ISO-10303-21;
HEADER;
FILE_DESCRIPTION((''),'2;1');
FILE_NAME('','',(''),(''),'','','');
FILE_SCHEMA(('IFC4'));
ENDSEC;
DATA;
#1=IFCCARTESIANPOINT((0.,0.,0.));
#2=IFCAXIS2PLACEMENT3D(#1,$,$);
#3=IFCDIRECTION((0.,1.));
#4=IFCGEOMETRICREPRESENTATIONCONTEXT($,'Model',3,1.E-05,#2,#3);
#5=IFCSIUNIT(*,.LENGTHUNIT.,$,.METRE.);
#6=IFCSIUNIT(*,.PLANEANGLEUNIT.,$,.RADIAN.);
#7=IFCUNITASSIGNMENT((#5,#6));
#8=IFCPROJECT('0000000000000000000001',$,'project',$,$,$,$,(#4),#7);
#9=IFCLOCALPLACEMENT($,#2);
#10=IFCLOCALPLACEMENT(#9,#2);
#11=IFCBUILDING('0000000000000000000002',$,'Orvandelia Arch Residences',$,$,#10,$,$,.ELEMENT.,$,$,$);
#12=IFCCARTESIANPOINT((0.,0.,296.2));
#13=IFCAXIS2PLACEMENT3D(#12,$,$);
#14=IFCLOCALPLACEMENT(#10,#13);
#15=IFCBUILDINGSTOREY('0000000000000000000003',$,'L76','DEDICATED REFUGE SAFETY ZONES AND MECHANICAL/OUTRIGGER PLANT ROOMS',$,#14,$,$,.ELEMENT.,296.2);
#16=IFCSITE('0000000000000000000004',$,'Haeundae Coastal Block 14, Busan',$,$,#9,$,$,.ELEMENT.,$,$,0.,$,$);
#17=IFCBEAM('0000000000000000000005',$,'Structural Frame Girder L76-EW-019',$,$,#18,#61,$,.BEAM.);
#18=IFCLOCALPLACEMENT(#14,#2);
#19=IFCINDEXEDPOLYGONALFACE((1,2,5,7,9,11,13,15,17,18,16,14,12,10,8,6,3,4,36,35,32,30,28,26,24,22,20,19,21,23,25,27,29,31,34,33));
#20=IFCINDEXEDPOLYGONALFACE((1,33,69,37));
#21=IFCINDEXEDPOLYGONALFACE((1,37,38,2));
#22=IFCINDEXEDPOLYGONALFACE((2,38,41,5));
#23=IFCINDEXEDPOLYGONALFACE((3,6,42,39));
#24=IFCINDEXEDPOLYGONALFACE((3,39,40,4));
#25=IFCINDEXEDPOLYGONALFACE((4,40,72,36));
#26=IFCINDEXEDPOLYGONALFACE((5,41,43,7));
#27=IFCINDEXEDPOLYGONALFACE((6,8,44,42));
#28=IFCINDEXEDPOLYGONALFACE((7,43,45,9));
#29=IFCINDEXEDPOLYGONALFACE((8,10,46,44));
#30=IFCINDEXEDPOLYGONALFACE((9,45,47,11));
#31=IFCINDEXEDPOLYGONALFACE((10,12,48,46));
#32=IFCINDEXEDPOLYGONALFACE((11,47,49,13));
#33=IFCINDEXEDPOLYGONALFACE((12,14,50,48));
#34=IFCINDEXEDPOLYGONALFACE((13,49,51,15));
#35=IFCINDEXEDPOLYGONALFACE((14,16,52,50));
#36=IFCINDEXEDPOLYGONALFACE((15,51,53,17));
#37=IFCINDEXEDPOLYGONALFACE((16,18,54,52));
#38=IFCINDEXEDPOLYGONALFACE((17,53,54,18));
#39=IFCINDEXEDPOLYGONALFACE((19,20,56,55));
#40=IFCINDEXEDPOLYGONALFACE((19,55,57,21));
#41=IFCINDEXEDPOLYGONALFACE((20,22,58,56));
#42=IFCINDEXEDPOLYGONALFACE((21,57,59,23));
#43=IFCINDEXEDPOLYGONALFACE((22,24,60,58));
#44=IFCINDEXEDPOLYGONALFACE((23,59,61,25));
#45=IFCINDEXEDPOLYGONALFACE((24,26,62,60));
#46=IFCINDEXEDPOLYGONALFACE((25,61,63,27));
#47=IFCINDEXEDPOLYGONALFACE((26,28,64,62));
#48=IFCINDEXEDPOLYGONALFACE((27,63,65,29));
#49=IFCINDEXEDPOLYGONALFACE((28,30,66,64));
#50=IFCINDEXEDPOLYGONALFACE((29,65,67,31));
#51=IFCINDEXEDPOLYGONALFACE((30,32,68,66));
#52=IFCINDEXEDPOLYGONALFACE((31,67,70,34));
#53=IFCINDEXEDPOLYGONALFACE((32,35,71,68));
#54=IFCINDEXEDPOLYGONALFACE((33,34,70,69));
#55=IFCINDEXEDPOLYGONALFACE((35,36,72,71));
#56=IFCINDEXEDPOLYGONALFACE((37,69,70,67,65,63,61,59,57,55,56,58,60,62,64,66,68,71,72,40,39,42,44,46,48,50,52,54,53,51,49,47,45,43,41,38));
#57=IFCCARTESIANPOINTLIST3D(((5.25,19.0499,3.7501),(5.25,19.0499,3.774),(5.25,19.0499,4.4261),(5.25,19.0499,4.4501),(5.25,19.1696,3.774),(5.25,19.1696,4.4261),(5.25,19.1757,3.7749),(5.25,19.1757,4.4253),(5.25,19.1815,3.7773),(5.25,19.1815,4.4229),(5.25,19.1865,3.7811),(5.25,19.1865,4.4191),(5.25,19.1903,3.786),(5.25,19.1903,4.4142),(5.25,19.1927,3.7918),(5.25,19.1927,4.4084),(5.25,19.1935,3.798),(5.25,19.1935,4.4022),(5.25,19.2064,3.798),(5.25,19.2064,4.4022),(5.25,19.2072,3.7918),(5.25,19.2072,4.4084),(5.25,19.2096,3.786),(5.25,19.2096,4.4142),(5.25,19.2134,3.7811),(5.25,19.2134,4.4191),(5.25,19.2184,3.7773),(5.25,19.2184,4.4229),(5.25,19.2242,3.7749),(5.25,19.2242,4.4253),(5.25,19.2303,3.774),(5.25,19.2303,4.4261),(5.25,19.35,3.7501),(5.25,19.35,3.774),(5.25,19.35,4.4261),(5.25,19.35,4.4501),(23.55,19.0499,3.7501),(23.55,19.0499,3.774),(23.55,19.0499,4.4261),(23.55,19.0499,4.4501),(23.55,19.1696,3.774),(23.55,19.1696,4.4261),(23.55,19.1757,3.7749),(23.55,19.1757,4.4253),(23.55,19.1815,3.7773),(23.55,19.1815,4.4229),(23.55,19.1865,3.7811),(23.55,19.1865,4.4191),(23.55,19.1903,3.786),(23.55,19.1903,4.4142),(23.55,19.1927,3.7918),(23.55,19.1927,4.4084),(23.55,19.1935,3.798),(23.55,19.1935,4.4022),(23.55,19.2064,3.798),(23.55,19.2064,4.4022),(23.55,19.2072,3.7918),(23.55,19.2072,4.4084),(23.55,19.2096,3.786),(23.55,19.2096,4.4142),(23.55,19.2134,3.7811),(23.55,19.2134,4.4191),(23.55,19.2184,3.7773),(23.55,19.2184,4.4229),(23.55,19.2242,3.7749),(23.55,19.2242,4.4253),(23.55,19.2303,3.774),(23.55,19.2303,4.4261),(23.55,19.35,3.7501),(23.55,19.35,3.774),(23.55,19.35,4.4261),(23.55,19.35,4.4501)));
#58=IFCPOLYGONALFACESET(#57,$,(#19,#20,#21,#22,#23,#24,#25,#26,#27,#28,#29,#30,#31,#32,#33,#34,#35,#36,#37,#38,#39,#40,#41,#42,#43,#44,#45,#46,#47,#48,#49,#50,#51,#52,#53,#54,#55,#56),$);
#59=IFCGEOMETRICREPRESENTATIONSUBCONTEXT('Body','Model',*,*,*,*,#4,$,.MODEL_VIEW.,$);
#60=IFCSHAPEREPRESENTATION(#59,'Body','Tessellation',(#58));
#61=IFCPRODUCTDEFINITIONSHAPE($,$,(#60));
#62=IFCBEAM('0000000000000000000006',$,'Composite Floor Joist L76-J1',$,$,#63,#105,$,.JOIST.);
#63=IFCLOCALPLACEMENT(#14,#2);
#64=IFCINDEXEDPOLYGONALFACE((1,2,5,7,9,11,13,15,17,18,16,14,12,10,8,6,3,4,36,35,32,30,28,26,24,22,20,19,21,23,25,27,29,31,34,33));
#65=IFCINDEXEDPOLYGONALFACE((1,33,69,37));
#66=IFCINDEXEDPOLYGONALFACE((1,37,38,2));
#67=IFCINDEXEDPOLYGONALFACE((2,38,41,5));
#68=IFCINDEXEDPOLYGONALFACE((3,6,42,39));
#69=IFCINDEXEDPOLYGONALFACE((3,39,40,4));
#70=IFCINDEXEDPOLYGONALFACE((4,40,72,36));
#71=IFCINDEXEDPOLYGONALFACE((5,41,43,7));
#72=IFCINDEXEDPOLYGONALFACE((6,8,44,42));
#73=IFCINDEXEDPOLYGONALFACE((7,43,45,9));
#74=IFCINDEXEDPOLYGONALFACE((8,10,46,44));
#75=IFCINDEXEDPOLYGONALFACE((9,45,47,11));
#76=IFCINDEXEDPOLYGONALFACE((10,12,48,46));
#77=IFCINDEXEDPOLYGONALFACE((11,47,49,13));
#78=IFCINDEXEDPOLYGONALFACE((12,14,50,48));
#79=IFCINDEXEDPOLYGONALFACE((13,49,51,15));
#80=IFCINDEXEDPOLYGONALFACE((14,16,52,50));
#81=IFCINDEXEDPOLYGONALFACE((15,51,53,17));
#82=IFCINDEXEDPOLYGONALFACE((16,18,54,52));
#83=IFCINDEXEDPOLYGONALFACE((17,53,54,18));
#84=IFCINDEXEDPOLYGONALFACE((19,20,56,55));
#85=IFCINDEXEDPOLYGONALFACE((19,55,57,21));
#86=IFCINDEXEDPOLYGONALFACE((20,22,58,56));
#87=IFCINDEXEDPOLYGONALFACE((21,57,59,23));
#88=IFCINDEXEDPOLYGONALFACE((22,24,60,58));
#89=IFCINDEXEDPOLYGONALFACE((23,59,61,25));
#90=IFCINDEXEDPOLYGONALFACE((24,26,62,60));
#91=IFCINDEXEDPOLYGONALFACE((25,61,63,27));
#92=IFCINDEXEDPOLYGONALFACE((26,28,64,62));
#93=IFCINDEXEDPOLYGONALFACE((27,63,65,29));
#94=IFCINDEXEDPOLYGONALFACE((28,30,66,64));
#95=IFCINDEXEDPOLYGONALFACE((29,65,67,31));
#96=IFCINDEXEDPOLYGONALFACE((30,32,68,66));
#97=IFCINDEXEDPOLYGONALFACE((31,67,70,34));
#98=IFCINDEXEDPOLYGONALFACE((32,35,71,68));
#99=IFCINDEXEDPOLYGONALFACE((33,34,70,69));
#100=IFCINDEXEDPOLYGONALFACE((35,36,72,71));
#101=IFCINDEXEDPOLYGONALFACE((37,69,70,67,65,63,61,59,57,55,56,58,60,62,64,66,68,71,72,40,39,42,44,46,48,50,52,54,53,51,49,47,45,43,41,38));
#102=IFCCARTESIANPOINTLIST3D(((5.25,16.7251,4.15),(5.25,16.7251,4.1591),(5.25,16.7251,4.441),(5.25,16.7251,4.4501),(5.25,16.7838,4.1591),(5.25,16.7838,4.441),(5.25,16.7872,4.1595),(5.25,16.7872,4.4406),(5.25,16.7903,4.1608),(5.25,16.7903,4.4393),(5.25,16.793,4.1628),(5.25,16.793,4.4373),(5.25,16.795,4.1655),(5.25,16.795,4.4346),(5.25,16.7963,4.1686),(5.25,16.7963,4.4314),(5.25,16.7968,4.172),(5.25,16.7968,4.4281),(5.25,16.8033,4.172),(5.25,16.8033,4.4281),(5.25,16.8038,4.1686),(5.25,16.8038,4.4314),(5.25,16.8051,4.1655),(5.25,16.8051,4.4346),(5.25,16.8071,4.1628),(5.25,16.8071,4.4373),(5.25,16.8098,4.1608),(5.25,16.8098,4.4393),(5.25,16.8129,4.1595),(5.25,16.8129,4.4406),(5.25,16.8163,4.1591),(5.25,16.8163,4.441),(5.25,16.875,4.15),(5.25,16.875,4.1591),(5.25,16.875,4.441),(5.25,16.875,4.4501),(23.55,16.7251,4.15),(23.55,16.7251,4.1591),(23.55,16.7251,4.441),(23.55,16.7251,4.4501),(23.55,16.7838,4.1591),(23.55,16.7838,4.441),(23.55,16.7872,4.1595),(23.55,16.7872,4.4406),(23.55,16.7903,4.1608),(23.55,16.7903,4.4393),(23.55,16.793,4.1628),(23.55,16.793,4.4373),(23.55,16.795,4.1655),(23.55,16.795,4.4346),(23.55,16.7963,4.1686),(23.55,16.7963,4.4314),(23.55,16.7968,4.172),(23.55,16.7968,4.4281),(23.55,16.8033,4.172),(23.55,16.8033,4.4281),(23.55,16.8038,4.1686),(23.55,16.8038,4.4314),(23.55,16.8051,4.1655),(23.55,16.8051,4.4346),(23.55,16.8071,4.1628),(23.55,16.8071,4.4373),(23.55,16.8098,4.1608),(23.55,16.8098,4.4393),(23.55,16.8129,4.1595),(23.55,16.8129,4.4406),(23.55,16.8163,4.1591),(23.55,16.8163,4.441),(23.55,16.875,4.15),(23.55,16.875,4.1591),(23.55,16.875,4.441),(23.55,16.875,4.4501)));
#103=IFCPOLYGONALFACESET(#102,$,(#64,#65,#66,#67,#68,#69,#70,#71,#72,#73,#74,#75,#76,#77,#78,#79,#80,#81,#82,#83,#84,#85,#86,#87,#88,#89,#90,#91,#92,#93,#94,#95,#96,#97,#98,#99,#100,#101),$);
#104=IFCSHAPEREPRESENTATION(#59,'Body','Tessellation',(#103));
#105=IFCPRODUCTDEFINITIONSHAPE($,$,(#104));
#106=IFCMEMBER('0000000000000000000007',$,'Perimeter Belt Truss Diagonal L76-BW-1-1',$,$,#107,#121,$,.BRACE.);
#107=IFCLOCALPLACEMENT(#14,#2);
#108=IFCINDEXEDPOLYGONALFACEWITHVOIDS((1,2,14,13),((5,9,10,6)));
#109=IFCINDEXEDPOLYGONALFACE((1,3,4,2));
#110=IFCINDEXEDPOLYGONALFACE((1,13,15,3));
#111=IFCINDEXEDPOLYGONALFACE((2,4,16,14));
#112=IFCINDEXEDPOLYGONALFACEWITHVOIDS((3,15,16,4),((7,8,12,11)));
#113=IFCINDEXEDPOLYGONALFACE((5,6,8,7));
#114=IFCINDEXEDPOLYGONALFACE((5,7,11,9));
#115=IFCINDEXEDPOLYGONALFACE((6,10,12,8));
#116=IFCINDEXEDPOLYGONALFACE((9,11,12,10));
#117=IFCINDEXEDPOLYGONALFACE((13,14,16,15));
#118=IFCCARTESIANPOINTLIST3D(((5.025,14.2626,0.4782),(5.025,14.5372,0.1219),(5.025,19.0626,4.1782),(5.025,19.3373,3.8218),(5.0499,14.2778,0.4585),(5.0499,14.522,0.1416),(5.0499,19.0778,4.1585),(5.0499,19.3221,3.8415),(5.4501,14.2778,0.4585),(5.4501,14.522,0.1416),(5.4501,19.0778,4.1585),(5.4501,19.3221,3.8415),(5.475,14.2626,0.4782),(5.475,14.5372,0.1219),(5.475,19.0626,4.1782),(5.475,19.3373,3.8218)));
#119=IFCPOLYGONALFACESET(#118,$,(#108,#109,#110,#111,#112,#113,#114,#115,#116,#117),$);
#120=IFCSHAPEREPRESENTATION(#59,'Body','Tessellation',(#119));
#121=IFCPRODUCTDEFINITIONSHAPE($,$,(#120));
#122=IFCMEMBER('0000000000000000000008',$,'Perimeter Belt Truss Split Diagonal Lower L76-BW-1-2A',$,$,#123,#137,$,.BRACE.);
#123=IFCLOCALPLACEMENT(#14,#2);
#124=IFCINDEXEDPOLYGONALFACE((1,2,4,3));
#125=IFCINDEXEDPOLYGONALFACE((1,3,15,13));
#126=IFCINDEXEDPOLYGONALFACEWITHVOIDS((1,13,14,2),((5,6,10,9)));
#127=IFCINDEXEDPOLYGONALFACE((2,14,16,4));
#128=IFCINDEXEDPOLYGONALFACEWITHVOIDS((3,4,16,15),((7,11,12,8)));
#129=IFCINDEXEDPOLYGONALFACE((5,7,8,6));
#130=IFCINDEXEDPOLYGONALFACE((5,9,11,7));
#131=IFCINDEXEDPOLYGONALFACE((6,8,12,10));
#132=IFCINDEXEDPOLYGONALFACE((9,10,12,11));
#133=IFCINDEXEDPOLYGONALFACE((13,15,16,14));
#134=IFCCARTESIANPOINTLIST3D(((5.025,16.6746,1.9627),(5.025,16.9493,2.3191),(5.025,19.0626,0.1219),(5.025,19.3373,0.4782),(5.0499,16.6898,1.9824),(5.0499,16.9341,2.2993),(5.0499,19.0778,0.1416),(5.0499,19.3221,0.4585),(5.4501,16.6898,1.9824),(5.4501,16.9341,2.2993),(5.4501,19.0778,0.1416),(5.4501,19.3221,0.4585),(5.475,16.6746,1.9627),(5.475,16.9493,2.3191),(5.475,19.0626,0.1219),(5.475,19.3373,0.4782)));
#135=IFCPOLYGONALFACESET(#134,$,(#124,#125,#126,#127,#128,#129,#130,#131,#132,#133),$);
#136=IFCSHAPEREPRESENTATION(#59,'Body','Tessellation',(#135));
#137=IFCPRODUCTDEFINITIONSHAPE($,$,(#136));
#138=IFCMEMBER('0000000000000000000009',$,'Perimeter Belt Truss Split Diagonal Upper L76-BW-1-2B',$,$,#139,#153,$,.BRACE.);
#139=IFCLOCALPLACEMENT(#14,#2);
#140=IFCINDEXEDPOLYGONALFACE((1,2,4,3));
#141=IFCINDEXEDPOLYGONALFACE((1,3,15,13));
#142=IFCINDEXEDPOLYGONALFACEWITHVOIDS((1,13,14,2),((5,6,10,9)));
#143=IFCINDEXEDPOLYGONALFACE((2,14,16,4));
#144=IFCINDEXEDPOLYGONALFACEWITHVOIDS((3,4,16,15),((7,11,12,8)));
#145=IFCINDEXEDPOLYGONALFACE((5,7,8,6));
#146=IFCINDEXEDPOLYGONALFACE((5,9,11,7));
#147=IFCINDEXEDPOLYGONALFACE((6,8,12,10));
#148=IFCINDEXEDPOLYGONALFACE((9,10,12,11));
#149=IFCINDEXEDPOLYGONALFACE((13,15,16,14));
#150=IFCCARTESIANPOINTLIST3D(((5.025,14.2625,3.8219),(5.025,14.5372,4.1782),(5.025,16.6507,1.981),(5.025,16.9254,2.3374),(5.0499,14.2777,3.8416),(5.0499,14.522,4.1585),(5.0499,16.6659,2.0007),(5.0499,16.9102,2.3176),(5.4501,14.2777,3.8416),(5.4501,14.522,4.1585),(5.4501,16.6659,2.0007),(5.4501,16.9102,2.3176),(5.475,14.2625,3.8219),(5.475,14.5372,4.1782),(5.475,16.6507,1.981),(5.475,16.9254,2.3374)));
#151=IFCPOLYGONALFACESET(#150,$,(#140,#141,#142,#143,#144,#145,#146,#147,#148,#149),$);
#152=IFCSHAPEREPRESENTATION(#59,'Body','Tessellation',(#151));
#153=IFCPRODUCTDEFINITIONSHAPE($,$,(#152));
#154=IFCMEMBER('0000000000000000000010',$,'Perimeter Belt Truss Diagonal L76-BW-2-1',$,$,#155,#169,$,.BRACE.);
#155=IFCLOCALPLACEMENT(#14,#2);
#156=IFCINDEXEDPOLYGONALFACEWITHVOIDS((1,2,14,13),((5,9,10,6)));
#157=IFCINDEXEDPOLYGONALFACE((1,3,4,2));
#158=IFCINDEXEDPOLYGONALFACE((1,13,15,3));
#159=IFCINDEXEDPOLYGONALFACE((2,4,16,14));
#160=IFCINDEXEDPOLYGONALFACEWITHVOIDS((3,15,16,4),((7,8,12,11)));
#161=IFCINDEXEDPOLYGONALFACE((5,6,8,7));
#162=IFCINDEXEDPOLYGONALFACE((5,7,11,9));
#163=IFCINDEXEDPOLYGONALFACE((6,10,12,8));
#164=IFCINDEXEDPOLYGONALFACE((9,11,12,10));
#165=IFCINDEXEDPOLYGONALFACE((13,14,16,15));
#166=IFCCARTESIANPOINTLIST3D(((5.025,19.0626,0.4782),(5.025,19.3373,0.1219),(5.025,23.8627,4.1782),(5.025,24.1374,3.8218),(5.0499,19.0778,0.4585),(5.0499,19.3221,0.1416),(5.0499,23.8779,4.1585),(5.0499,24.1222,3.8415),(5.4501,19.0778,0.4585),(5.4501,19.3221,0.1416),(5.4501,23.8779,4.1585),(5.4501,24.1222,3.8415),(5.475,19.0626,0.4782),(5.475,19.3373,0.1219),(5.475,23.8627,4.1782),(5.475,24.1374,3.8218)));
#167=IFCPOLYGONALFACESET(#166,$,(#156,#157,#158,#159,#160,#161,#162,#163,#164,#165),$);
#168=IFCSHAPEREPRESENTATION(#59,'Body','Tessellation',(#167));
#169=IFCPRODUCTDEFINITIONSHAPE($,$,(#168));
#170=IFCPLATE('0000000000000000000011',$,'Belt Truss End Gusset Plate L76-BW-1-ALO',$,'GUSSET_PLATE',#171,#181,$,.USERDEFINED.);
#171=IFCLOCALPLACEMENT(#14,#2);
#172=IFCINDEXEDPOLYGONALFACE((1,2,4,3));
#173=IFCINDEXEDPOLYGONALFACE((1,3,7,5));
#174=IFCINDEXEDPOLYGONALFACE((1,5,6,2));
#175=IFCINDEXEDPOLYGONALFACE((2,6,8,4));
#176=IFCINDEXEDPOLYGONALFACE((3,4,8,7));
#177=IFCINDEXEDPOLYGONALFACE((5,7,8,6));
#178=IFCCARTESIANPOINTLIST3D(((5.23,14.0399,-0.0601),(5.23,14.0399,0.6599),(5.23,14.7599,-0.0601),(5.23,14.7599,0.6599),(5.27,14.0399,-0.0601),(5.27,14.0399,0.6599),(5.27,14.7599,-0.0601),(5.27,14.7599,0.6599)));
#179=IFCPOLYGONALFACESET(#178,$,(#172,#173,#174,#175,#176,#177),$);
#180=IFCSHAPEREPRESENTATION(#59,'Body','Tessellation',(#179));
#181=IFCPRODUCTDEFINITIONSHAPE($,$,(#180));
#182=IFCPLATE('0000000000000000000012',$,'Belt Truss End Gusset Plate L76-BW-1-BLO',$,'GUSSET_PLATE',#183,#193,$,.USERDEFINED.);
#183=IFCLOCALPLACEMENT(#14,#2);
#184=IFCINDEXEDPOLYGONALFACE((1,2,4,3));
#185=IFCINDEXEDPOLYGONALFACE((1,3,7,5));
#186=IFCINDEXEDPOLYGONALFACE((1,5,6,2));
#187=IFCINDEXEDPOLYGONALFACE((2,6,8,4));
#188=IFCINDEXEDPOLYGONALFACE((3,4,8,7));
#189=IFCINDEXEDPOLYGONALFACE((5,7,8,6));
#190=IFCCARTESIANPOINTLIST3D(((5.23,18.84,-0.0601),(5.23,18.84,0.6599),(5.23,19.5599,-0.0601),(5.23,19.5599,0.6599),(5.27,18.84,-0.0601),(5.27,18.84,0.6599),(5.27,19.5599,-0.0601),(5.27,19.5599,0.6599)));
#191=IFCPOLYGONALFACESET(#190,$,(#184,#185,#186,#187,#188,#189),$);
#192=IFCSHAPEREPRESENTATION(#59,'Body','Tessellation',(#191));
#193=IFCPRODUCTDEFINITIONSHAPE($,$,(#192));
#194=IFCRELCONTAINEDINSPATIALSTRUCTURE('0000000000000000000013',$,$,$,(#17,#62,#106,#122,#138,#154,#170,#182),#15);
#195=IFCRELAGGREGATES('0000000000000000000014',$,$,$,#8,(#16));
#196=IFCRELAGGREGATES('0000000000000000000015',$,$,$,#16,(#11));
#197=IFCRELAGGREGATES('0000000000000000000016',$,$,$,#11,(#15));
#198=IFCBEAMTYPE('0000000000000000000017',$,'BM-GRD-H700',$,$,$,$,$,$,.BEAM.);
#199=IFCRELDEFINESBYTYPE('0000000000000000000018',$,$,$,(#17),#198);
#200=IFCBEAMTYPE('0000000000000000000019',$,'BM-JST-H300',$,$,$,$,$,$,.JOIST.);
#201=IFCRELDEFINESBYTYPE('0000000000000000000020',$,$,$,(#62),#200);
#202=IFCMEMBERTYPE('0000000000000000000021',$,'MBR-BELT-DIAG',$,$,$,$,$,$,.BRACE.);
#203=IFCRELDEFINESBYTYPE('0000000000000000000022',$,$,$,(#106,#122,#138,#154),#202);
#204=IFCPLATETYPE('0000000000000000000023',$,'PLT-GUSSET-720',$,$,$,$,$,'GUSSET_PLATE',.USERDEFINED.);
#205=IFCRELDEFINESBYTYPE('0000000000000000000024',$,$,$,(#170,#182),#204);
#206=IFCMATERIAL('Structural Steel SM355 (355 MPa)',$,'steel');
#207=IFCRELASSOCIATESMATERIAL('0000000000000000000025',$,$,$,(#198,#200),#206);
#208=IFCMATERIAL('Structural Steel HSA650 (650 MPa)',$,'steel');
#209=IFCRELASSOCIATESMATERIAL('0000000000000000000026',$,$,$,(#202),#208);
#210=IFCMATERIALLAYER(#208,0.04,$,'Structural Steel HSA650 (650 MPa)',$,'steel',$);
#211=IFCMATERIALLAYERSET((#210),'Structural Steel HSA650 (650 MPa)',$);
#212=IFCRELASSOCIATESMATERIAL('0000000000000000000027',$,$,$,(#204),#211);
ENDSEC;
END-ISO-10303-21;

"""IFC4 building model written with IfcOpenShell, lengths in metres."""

from ifc_helpers import new_model, si_unit, direction, frame, origin, origin_2d, place, context, subcontext, project, spatial, rectangle, hollow_rectangle, i_section, extrude, material, layer, layer_set, material_profile, profile_set, type_object, element, save


model = new_model("IFC4")

# Units and contexts
model_context = context("Model", 3, precision=1e-05, world=origin(), true_north=direction((0.0, 1.0)))
body_context = subcontext(model_context, "Body", "Model", "MODEL_VIEW")
ifc_project = project(units=[si_unit("LENGTHUNIT", "METRE"), si_unit("PLANEANGLEUNIT", "RADIAN")], contexts=[model_context])

# Site, building, storey
site_placement = place(None, origin())
site = spatial("IfcSite", under=ifc_project, at=site_placement, Name="Haeundae Coastal Block 14, Busan", CompositionType="ELEMENT", RefElevation=0.0)
building_placement = place(site_placement, origin())
building = spatial("IfcBuilding", under=site, at=building_placement, Name="Orvandelia Arch Residences", CompositionType="ELEMENT")
storey_placement = place(building_placement, frame((0.0, 0.0, 296.2)))
storey = spatial("IfcBuildingStorey", under=building, at=storey_placement, Name="L76", Description="DEDICATED REFUGE SAFETY ZONES AND MECHANICAL/OUTRIGGER PLANT ROOMS", CompositionType="ELEMENT", Elevation=296.2)

# Beams
ifc_material_1 = material(Name="Structural Steel SM355 (355 MPa)", Category="steel")
ifc_material_profile_1 = material_profile(ifc_material_1, i_section(OverallWidth=0.3, OverallDepth=0.7, WebThickness=0.0129, FlangeThickness=0.0239, FilletRadius=0.0239, at=origin_2d()), Name="Structural Steel SM355 (355 MPa)", Category="steel")
ifc_profile_set_1 = profile_set([ifc_material_profile_1], Name="Structural Steel SM355 (355 MPa)")
beam_type_1 = type_object("IfcBeamType", Name="BM-GRD-H700", PredefinedType="BEAM", material=ifc_profile_set_1)
for number, where, z_axis, x_axis, name in (
    (1, (5.25, 19.2, 4.1001), (1.0, 0.0, 0.0), (0.0, 1.0, 0.0), "Structural Frame Girder L76-EW-019"),
):
    element("IfcBeam", number, at=place(storey_placement, frame(where, z_axis=z_axis, x_axis=x_axis)), inside=storey, type_object=beam_type_1, Name=name, PredefinedType="BEAM", context=body_context, shape_type="SweptSolid", body=[
        extrude(i_section(OverallWidth=0.3, OverallDepth=0.7, WebThickness=0.0129, FlangeThickness=0.0239, FilletRadius=0.0239, at=origin_2d()), origin(), (0.0, 0.0, 1.0), 18.3),
    ])
ifc_material_profile_2 = material_profile(ifc_material_1, i_section(OverallWidth=0.1499, OverallDepth=0.3, WebThickness=0.0066, FlangeThickness=0.009, FilletRadius=0.0129, at=origin_2d()), Name="Structural Steel SM355 (355 MPa)", Category="steel")
ifc_profile_set_2 = profile_set([ifc_material_profile_2], Name="Structural Steel SM355 (355 MPa)")
beam_type_2 = type_object("IfcBeamType", Name="BM-JST-H300", PredefinedType="JOIST", material=ifc_profile_set_2)
beam_placement = place(storey_placement, frame((5.25, 16.8, 4.3), z_axis=(1.0, 0.0, 0.0), x_axis=(0.0, 1.0, 0.0)))
element("IfcBeam", 2, at=beam_placement, inside=storey, type_object=beam_type_2, Name="Composite Floor Joist L76-J1", PredefinedType="JOIST", context=body_context, shape_type="SweptSolid", body=[
    extrude(i_section(OverallWidth=0.1499, OverallDepth=0.3, WebThickness=0.0066, FlangeThickness=0.009, FilletRadius=0.0129, at=origin_2d()), origin(), (0.0, 0.0, 1.0), 18.3),
])

# Members
ifc_material_2 = material(Name="Structural Steel HSA650 (650 MPa)", Category="steel")
ifc_material_profile_3 = material_profile(ifc_material_2, hollow_rectangle(XDim=0.45, YDim=0.45, WallThickness=0.0249, at=origin_2d()), Name="Structural Steel HSA650 (650 MPa)", Category="steel")
ifc_profile_set_3 = profile_set([ifc_material_profile_3], Name="Structural Steel HSA650 (650 MPa)")
member_type = type_object("IfcMemberType", Name="MBR-BELT-DIAG", PredefinedType="BRACE", material=ifc_profile_set_3)
member_1_placement = place(storey_placement, frame((5.25, 14.3999, 0.3), z_axis=(0.0, 0.792017, 0.610499), x_axis=(-1.0, 0.0, 0.0)))
element("IfcMember", 3, at=member_1_placement, inside=storey, type_object=member_type, Name="Perimeter Belt Truss Diagonal L76-BW-1-1", PredefinedType="BRACE", context=body_context, shape_type="SweptSolid", body=[
    extrude(hollow_rectangle(XDim=0.45, YDim=0.45, WallThickness=0.0249, at=origin_2d()), origin(), (0.0, 0.0, 1.0), 6.0605),
])
member_2_placement = place(storey_placement, frame((5.25, 19.2, 0.3), z_axis=(0.0, -0.791991, 0.610532), x_axis=(1.0, 0.0, 0.0)))
element("IfcMember", 4, at=member_2_placement, inside=storey, type_object=member_type, Name="Perimeter Belt Truss Split Diagonal Lower L76-BW-1-2A", PredefinedType="BRACE", context=body_context, shape_type="SweptSolid", body=[
    extrude(hollow_rectangle(XDim=0.45, YDim=0.45, WallThickness=0.0249, at=origin_2d()), origin(), (0.0, 0.0, 1.0), 3.0151),
])
member_3_placement = place(storey_placement, frame((5.25, 16.7881, 2.1592), z_axis=(0.0, -0.792022, 0.610493), x_axis=(1.0, 0.0, 0.0)))
element("IfcMember", 5, at=member_3_placement, inside=storey, type_object=member_type, Name="Perimeter Belt Truss Split Diagonal Upper L76-BW-1-2B", PredefinedType="BRACE", context=body_context, shape_type="SweptSolid", body=[
    extrude(hollow_rectangle(XDim=0.45, YDim=0.45, WallThickness=0.0249, at=origin_2d()), origin(), (0.0, 0.0, 1.0), 3.0154),
])
member_4_placement = place(storey_placement, frame((5.25, 19.2, 0.3), z_axis=(0.0, 0.792017, 0.610499), x_axis=(-1.0, 0.0, 0.0)))
element("IfcMember", 6, at=member_4_placement, inside=storey, type_object=member_type, Name="Perimeter Belt Truss Diagonal L76-BW-2-1", PredefinedType="BRACE", context=body_context, shape_type="SweptSolid", body=[
    extrude(hollow_rectangle(XDim=0.45, YDim=0.45, WallThickness=0.0249, at=origin_2d()), origin(), (0.0, 0.0, 1.0), 6.0605),
])

# Plates
ifc_layer_1 = layer(ifc_material_2, 0.04, Name="Structural Steel HSA650 (650 MPa)", Category="steel")
ifc_layer_set_1 = layer_set([ifc_layer_1], Name="Structural Steel HSA650 (650 MPa)")
plate_type_1 = type_object("IfcPlateType", Name="PLT-GUSSET-720", ElementType="GUSSET_PLATE", PredefinedType="USERDEFINED", material=ifc_layer_set_1)
for number, where, z_axis, x_axis, name in (
    (7, (5.25, 14.3999, -0.0601), (0.0, 0.0, 1.0), (0.0, 1.0, 0.0), "Belt Truss End Gusset Plate L76-BW-1-ALO"),
    (8, (5.25, 19.2, -0.0601), (0.0, 0.0, 1.0), (0.0, 1.0, 0.0), "Belt Truss End Gusset Plate L76-BW-1-BLO"),
):
    element("IfcPlate", number, at=place(storey_placement, frame(where, z_axis=z_axis, x_axis=x_axis)), inside=storey, type_object=plate_type_1, Name=name, ObjectType="GUSSET_PLATE", PredefinedType="USERDEFINED", context=body_context, shape_type="SweptSolid", body=[
        extrude(rectangle(XDim=0.72, YDim=0.04, at=origin_2d()), origin(), (0.0, 0.0, 1.0), 0.72),
    ])

save(model, "model.ifc")
